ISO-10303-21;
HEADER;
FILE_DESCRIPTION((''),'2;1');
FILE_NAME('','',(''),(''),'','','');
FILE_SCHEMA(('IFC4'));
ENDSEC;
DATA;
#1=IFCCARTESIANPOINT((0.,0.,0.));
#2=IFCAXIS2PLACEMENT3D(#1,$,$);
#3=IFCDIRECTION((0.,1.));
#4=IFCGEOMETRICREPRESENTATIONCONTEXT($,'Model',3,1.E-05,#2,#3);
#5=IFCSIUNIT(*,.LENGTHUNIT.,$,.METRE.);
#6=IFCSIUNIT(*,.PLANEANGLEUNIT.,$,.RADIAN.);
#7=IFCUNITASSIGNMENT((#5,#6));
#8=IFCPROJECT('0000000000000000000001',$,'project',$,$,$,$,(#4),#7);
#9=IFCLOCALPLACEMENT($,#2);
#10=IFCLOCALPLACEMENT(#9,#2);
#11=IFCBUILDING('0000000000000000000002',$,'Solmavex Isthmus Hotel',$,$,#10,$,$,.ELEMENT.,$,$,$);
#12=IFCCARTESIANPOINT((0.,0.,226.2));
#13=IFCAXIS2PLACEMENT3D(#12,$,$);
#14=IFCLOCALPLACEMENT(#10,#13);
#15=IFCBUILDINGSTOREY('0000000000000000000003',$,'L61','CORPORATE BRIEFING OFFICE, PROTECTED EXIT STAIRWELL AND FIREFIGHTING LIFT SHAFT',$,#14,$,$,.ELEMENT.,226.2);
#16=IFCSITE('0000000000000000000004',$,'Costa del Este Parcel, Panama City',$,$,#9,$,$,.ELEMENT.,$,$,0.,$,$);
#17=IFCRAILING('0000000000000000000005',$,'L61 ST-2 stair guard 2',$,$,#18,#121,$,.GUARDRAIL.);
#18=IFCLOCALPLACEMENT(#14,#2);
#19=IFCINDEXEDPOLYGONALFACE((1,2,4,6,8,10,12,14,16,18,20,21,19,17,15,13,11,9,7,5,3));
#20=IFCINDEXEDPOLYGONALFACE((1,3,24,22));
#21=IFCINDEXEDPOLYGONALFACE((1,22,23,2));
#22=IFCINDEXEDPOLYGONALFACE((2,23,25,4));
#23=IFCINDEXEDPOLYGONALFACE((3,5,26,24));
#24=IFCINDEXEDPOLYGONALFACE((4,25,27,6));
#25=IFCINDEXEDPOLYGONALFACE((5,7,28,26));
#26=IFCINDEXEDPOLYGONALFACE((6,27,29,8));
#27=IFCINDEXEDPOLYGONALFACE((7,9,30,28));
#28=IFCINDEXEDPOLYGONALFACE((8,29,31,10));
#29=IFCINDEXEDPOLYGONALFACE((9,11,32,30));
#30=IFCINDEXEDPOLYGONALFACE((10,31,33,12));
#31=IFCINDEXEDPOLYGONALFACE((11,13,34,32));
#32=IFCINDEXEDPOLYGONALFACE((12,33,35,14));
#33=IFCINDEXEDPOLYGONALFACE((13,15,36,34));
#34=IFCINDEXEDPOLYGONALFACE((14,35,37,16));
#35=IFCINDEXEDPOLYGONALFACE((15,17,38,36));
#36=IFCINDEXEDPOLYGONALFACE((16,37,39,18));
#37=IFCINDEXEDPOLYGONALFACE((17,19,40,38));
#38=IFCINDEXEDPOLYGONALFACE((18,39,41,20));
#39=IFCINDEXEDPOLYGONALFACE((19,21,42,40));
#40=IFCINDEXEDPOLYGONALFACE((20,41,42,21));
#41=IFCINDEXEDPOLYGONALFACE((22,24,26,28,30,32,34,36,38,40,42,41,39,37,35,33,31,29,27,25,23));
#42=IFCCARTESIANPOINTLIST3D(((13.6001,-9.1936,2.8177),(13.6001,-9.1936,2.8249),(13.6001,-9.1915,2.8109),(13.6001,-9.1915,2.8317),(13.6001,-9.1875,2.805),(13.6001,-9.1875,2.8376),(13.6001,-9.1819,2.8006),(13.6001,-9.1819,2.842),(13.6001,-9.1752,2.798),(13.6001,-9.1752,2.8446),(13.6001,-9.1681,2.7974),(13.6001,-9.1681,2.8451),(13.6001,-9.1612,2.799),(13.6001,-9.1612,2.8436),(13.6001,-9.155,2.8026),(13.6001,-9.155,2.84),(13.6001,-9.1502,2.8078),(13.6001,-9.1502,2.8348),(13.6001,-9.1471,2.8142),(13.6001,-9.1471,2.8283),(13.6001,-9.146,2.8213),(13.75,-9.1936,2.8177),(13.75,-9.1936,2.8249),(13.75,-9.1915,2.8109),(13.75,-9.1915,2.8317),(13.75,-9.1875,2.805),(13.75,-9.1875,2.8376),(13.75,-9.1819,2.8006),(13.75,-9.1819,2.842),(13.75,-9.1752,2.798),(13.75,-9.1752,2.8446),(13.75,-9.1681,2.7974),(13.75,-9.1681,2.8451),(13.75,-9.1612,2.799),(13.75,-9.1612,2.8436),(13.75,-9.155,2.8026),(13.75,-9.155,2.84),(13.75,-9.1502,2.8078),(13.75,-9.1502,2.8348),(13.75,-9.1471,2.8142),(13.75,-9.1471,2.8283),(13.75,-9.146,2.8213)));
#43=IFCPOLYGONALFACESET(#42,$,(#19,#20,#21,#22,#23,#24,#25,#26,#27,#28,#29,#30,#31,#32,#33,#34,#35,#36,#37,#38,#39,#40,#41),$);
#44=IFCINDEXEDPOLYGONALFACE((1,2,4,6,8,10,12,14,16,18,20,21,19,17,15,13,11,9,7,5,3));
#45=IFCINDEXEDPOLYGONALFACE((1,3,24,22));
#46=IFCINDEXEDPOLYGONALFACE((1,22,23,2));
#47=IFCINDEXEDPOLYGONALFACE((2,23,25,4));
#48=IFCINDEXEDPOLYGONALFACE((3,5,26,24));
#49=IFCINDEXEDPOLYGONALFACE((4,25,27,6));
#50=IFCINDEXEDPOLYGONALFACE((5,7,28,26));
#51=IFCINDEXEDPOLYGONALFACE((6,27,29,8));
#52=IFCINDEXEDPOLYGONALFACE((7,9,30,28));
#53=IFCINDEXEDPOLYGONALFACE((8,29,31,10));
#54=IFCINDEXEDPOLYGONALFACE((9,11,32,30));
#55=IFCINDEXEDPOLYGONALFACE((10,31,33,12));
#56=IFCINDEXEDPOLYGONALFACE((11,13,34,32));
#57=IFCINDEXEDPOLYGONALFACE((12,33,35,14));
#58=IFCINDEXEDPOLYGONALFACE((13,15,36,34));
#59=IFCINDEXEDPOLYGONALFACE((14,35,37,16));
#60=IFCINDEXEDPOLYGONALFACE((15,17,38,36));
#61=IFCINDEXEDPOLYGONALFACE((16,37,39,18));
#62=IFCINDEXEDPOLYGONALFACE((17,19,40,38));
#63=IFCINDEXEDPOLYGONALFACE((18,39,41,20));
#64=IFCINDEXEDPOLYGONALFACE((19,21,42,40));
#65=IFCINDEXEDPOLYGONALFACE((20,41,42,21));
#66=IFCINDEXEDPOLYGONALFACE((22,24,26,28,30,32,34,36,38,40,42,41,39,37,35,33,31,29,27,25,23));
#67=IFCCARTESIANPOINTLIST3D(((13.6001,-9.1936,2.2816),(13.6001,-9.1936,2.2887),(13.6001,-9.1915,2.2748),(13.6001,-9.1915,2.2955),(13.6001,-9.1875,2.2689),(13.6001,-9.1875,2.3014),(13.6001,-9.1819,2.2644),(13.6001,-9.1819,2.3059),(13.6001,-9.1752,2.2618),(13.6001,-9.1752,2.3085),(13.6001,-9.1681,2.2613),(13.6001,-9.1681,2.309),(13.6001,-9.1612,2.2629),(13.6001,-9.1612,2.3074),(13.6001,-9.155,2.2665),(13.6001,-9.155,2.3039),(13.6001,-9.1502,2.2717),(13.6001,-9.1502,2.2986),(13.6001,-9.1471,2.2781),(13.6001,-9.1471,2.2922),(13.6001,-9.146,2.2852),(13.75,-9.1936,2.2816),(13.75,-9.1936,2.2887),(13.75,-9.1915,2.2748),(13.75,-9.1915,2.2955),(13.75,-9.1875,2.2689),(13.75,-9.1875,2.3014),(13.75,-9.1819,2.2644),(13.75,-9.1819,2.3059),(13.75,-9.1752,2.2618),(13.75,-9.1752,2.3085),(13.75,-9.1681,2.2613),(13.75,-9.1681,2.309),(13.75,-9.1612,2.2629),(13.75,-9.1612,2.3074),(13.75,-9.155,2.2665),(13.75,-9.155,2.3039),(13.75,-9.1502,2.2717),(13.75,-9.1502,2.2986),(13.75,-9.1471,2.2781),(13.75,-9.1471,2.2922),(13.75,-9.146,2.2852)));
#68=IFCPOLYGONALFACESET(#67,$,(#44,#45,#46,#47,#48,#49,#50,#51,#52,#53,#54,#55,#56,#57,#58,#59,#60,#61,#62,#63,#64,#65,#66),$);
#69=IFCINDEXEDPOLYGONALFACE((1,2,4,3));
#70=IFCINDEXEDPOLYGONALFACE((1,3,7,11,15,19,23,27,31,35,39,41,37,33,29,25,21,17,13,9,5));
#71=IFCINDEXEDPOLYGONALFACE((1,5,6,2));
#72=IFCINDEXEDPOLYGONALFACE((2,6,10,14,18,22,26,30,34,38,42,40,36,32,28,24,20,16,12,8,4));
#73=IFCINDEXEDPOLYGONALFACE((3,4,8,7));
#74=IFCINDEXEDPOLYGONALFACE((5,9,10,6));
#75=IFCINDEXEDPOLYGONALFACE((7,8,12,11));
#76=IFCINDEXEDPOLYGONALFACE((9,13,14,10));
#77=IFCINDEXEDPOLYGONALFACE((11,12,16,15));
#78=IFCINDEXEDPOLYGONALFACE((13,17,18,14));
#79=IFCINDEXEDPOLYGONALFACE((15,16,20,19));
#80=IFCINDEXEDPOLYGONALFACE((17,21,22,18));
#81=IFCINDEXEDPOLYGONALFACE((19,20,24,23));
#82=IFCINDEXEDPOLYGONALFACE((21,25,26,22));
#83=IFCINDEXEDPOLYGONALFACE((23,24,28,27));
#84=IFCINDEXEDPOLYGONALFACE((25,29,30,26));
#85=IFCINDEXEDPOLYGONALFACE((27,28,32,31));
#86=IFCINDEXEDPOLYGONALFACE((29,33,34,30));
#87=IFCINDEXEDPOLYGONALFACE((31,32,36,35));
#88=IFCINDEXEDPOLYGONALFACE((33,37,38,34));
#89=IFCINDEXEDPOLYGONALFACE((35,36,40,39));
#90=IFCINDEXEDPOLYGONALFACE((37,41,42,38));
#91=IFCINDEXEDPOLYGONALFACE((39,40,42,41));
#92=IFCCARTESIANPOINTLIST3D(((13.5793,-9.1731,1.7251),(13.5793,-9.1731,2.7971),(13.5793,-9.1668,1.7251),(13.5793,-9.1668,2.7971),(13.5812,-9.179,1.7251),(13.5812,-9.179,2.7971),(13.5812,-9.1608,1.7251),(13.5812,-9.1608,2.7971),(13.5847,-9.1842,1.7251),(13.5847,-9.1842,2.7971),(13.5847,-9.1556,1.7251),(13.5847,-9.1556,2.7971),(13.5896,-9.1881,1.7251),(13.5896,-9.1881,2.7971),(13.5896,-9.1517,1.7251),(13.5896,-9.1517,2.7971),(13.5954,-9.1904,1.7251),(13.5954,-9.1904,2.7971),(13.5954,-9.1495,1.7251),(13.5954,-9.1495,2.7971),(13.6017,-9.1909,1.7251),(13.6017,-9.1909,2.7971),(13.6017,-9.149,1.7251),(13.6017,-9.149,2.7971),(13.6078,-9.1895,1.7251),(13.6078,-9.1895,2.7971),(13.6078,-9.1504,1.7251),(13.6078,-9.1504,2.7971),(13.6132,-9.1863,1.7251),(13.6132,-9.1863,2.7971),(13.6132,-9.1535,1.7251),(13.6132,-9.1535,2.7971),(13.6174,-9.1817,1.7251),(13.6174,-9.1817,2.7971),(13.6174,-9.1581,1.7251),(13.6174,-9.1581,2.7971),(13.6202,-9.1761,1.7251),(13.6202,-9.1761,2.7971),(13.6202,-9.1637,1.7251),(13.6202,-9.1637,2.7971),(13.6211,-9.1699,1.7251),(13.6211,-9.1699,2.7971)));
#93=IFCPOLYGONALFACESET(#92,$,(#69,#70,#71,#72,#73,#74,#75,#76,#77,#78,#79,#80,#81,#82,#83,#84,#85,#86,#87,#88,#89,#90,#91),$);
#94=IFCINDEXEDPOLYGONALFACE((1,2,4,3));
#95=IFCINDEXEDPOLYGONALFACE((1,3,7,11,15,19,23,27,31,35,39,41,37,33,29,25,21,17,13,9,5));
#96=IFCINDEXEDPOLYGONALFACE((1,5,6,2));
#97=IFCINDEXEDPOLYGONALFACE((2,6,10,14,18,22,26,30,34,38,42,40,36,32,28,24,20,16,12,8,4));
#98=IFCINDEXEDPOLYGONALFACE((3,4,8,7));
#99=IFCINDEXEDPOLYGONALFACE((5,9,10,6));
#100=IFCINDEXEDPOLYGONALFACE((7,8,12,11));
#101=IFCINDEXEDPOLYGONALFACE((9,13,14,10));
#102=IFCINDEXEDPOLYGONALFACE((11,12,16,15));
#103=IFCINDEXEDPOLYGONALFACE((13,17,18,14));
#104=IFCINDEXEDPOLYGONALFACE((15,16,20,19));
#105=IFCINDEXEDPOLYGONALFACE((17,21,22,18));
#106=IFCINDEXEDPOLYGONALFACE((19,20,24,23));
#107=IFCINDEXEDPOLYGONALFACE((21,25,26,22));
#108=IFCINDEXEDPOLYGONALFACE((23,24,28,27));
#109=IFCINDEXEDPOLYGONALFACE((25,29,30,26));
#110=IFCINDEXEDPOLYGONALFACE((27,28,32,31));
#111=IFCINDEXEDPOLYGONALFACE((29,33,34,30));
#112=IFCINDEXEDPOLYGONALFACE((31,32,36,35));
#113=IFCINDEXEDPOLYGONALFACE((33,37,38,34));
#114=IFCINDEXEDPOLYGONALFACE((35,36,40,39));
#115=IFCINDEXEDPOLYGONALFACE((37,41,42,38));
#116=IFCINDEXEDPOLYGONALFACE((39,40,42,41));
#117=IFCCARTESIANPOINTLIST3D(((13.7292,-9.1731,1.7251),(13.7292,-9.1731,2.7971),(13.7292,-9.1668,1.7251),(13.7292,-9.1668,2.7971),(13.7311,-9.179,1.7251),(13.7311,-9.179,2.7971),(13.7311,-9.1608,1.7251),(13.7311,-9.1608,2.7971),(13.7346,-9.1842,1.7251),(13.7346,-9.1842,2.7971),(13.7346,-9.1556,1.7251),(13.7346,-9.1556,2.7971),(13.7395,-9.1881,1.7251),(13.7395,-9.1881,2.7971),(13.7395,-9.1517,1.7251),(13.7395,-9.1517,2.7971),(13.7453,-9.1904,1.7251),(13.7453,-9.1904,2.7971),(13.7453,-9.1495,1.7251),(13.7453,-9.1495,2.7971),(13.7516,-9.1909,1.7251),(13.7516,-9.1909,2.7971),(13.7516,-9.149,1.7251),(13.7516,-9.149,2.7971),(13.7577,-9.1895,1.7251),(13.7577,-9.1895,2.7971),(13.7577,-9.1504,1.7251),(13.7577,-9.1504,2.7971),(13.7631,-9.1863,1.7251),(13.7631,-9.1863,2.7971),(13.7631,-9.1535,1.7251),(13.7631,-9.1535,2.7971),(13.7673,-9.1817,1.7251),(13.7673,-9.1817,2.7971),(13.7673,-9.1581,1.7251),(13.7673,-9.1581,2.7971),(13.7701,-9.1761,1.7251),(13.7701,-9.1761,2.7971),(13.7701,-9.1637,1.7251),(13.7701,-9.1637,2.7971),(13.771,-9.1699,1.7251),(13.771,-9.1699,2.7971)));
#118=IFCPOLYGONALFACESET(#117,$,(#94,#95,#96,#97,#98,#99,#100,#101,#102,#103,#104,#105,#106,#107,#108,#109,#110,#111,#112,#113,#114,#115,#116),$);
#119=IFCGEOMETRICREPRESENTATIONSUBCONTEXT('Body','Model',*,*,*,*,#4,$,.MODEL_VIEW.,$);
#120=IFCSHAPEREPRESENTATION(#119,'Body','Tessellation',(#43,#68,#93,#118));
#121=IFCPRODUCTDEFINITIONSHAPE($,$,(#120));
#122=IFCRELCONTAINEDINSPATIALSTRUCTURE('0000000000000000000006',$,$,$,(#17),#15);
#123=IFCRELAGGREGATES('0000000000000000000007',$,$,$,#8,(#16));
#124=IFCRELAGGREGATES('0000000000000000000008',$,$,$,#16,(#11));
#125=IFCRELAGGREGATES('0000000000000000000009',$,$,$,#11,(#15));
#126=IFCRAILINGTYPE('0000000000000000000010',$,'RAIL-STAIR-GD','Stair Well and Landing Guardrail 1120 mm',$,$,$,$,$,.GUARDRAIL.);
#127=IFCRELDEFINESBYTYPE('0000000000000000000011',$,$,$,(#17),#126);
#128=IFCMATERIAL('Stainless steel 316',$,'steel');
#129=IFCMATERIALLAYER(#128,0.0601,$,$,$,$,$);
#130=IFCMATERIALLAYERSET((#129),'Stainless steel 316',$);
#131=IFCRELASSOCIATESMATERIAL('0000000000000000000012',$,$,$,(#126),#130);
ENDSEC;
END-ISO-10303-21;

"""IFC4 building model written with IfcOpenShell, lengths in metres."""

from ifc_helpers import new_model, si_unit, direction, frame, origin, origin_2d, place, context, subcontext, project, spatial, circle, extrude, material, layer, layer_set, type_object, element, save


model = new_model("IFC4")

# Units and contexts
model_context = context("Model", 3, precision=1e-05, world=origin(), true_north=direction((0.0, 1.0)))
body_context = subcontext(model_context, "Body", "Model", "MODEL_VIEW")
ifc_project = project(units=[si_unit("LENGTHUNIT", "METRE"), si_unit("PLANEANGLEUNIT", "RADIAN")], contexts=[model_context])

# Site, building, storey
site_placement = place(None, origin())
site = spatial("IfcSite", under=ifc_project, at=site_placement, Name="Costa del Este Parcel, Panama City", CompositionType="ELEMENT", RefElevation=0.0)
building_placement = place(site_placement, origin())
building = spatial("IfcBuilding", under=site, at=building_placement, Name="Solmavex Isthmus Hotel", CompositionType="ELEMENT")
storey_placement = place(building_placement, frame((0.0, 0.0, 226.2)))
storey = spatial("IfcBuildingStorey", under=building, at=storey_placement, Name="L61", Description="CORPORATE BRIEFING OFFICE, PROTECTED EXIT STAIRWELL AND FIREFIGHTING LIFT SHAFT", CompositionType="ELEMENT", Elevation=226.2)

# Railing
ifc_material_1 = material(Name="Stainless steel 316", Category="steel")
ifc_layer_1 = layer(ifc_material_1, 0.0601)
ifc_layer_set_1 = layer_set([ifc_layer_1], Name="Stainless steel 316")
railing_type = type_object("IfcRailingType", Name="RAIL-STAIR-GD", Description="Stair Well and Landing Guardrail 1120 mm", PredefinedType="GUARDRAIL", material=ifc_layer_set_1)
railing_1_placement = place(storey_placement, frame((13.6001, -9.1699, 1.7251)))
element("IfcRailing", 1, at=railing_1_placement, inside=storey, type_object=railing_type, Name="L61 ST-2 stair guard 2", PredefinedType="GUARDRAIL", context=body_context, shape_type="SweptSolid", body=[
    extrude(circle(Radius=0.0239, at=origin_2d()), frame((0.0, 0.0, 1.0962), z_axis=(1.0, 0.0, 0.0), x_axis=(0.0, 1.0, 0.0)), (0.0, 0.0, 1.0), 0.1499),
    extrude(circle(Radius=0.0239, at=origin_2d()), frame((0.0, 0.0, 0.5601), z_axis=(1.0, 0.0, 0.0), x_axis=(0.0, 1.0, 0.0)), (0.0, 0.0, 1.0), 0.1499),
    extrude(circle(Radius=0.021, at=origin_2d()), origin(), (0.0, 0.0, 1.0), 1.072),
    extrude(circle(Radius=0.021, at=origin_2d()), frame((0.1499, 0.0, 0.0)), (0.0, 0.0, 1.0), 1.072),
])

save(model, "model.ifc")
